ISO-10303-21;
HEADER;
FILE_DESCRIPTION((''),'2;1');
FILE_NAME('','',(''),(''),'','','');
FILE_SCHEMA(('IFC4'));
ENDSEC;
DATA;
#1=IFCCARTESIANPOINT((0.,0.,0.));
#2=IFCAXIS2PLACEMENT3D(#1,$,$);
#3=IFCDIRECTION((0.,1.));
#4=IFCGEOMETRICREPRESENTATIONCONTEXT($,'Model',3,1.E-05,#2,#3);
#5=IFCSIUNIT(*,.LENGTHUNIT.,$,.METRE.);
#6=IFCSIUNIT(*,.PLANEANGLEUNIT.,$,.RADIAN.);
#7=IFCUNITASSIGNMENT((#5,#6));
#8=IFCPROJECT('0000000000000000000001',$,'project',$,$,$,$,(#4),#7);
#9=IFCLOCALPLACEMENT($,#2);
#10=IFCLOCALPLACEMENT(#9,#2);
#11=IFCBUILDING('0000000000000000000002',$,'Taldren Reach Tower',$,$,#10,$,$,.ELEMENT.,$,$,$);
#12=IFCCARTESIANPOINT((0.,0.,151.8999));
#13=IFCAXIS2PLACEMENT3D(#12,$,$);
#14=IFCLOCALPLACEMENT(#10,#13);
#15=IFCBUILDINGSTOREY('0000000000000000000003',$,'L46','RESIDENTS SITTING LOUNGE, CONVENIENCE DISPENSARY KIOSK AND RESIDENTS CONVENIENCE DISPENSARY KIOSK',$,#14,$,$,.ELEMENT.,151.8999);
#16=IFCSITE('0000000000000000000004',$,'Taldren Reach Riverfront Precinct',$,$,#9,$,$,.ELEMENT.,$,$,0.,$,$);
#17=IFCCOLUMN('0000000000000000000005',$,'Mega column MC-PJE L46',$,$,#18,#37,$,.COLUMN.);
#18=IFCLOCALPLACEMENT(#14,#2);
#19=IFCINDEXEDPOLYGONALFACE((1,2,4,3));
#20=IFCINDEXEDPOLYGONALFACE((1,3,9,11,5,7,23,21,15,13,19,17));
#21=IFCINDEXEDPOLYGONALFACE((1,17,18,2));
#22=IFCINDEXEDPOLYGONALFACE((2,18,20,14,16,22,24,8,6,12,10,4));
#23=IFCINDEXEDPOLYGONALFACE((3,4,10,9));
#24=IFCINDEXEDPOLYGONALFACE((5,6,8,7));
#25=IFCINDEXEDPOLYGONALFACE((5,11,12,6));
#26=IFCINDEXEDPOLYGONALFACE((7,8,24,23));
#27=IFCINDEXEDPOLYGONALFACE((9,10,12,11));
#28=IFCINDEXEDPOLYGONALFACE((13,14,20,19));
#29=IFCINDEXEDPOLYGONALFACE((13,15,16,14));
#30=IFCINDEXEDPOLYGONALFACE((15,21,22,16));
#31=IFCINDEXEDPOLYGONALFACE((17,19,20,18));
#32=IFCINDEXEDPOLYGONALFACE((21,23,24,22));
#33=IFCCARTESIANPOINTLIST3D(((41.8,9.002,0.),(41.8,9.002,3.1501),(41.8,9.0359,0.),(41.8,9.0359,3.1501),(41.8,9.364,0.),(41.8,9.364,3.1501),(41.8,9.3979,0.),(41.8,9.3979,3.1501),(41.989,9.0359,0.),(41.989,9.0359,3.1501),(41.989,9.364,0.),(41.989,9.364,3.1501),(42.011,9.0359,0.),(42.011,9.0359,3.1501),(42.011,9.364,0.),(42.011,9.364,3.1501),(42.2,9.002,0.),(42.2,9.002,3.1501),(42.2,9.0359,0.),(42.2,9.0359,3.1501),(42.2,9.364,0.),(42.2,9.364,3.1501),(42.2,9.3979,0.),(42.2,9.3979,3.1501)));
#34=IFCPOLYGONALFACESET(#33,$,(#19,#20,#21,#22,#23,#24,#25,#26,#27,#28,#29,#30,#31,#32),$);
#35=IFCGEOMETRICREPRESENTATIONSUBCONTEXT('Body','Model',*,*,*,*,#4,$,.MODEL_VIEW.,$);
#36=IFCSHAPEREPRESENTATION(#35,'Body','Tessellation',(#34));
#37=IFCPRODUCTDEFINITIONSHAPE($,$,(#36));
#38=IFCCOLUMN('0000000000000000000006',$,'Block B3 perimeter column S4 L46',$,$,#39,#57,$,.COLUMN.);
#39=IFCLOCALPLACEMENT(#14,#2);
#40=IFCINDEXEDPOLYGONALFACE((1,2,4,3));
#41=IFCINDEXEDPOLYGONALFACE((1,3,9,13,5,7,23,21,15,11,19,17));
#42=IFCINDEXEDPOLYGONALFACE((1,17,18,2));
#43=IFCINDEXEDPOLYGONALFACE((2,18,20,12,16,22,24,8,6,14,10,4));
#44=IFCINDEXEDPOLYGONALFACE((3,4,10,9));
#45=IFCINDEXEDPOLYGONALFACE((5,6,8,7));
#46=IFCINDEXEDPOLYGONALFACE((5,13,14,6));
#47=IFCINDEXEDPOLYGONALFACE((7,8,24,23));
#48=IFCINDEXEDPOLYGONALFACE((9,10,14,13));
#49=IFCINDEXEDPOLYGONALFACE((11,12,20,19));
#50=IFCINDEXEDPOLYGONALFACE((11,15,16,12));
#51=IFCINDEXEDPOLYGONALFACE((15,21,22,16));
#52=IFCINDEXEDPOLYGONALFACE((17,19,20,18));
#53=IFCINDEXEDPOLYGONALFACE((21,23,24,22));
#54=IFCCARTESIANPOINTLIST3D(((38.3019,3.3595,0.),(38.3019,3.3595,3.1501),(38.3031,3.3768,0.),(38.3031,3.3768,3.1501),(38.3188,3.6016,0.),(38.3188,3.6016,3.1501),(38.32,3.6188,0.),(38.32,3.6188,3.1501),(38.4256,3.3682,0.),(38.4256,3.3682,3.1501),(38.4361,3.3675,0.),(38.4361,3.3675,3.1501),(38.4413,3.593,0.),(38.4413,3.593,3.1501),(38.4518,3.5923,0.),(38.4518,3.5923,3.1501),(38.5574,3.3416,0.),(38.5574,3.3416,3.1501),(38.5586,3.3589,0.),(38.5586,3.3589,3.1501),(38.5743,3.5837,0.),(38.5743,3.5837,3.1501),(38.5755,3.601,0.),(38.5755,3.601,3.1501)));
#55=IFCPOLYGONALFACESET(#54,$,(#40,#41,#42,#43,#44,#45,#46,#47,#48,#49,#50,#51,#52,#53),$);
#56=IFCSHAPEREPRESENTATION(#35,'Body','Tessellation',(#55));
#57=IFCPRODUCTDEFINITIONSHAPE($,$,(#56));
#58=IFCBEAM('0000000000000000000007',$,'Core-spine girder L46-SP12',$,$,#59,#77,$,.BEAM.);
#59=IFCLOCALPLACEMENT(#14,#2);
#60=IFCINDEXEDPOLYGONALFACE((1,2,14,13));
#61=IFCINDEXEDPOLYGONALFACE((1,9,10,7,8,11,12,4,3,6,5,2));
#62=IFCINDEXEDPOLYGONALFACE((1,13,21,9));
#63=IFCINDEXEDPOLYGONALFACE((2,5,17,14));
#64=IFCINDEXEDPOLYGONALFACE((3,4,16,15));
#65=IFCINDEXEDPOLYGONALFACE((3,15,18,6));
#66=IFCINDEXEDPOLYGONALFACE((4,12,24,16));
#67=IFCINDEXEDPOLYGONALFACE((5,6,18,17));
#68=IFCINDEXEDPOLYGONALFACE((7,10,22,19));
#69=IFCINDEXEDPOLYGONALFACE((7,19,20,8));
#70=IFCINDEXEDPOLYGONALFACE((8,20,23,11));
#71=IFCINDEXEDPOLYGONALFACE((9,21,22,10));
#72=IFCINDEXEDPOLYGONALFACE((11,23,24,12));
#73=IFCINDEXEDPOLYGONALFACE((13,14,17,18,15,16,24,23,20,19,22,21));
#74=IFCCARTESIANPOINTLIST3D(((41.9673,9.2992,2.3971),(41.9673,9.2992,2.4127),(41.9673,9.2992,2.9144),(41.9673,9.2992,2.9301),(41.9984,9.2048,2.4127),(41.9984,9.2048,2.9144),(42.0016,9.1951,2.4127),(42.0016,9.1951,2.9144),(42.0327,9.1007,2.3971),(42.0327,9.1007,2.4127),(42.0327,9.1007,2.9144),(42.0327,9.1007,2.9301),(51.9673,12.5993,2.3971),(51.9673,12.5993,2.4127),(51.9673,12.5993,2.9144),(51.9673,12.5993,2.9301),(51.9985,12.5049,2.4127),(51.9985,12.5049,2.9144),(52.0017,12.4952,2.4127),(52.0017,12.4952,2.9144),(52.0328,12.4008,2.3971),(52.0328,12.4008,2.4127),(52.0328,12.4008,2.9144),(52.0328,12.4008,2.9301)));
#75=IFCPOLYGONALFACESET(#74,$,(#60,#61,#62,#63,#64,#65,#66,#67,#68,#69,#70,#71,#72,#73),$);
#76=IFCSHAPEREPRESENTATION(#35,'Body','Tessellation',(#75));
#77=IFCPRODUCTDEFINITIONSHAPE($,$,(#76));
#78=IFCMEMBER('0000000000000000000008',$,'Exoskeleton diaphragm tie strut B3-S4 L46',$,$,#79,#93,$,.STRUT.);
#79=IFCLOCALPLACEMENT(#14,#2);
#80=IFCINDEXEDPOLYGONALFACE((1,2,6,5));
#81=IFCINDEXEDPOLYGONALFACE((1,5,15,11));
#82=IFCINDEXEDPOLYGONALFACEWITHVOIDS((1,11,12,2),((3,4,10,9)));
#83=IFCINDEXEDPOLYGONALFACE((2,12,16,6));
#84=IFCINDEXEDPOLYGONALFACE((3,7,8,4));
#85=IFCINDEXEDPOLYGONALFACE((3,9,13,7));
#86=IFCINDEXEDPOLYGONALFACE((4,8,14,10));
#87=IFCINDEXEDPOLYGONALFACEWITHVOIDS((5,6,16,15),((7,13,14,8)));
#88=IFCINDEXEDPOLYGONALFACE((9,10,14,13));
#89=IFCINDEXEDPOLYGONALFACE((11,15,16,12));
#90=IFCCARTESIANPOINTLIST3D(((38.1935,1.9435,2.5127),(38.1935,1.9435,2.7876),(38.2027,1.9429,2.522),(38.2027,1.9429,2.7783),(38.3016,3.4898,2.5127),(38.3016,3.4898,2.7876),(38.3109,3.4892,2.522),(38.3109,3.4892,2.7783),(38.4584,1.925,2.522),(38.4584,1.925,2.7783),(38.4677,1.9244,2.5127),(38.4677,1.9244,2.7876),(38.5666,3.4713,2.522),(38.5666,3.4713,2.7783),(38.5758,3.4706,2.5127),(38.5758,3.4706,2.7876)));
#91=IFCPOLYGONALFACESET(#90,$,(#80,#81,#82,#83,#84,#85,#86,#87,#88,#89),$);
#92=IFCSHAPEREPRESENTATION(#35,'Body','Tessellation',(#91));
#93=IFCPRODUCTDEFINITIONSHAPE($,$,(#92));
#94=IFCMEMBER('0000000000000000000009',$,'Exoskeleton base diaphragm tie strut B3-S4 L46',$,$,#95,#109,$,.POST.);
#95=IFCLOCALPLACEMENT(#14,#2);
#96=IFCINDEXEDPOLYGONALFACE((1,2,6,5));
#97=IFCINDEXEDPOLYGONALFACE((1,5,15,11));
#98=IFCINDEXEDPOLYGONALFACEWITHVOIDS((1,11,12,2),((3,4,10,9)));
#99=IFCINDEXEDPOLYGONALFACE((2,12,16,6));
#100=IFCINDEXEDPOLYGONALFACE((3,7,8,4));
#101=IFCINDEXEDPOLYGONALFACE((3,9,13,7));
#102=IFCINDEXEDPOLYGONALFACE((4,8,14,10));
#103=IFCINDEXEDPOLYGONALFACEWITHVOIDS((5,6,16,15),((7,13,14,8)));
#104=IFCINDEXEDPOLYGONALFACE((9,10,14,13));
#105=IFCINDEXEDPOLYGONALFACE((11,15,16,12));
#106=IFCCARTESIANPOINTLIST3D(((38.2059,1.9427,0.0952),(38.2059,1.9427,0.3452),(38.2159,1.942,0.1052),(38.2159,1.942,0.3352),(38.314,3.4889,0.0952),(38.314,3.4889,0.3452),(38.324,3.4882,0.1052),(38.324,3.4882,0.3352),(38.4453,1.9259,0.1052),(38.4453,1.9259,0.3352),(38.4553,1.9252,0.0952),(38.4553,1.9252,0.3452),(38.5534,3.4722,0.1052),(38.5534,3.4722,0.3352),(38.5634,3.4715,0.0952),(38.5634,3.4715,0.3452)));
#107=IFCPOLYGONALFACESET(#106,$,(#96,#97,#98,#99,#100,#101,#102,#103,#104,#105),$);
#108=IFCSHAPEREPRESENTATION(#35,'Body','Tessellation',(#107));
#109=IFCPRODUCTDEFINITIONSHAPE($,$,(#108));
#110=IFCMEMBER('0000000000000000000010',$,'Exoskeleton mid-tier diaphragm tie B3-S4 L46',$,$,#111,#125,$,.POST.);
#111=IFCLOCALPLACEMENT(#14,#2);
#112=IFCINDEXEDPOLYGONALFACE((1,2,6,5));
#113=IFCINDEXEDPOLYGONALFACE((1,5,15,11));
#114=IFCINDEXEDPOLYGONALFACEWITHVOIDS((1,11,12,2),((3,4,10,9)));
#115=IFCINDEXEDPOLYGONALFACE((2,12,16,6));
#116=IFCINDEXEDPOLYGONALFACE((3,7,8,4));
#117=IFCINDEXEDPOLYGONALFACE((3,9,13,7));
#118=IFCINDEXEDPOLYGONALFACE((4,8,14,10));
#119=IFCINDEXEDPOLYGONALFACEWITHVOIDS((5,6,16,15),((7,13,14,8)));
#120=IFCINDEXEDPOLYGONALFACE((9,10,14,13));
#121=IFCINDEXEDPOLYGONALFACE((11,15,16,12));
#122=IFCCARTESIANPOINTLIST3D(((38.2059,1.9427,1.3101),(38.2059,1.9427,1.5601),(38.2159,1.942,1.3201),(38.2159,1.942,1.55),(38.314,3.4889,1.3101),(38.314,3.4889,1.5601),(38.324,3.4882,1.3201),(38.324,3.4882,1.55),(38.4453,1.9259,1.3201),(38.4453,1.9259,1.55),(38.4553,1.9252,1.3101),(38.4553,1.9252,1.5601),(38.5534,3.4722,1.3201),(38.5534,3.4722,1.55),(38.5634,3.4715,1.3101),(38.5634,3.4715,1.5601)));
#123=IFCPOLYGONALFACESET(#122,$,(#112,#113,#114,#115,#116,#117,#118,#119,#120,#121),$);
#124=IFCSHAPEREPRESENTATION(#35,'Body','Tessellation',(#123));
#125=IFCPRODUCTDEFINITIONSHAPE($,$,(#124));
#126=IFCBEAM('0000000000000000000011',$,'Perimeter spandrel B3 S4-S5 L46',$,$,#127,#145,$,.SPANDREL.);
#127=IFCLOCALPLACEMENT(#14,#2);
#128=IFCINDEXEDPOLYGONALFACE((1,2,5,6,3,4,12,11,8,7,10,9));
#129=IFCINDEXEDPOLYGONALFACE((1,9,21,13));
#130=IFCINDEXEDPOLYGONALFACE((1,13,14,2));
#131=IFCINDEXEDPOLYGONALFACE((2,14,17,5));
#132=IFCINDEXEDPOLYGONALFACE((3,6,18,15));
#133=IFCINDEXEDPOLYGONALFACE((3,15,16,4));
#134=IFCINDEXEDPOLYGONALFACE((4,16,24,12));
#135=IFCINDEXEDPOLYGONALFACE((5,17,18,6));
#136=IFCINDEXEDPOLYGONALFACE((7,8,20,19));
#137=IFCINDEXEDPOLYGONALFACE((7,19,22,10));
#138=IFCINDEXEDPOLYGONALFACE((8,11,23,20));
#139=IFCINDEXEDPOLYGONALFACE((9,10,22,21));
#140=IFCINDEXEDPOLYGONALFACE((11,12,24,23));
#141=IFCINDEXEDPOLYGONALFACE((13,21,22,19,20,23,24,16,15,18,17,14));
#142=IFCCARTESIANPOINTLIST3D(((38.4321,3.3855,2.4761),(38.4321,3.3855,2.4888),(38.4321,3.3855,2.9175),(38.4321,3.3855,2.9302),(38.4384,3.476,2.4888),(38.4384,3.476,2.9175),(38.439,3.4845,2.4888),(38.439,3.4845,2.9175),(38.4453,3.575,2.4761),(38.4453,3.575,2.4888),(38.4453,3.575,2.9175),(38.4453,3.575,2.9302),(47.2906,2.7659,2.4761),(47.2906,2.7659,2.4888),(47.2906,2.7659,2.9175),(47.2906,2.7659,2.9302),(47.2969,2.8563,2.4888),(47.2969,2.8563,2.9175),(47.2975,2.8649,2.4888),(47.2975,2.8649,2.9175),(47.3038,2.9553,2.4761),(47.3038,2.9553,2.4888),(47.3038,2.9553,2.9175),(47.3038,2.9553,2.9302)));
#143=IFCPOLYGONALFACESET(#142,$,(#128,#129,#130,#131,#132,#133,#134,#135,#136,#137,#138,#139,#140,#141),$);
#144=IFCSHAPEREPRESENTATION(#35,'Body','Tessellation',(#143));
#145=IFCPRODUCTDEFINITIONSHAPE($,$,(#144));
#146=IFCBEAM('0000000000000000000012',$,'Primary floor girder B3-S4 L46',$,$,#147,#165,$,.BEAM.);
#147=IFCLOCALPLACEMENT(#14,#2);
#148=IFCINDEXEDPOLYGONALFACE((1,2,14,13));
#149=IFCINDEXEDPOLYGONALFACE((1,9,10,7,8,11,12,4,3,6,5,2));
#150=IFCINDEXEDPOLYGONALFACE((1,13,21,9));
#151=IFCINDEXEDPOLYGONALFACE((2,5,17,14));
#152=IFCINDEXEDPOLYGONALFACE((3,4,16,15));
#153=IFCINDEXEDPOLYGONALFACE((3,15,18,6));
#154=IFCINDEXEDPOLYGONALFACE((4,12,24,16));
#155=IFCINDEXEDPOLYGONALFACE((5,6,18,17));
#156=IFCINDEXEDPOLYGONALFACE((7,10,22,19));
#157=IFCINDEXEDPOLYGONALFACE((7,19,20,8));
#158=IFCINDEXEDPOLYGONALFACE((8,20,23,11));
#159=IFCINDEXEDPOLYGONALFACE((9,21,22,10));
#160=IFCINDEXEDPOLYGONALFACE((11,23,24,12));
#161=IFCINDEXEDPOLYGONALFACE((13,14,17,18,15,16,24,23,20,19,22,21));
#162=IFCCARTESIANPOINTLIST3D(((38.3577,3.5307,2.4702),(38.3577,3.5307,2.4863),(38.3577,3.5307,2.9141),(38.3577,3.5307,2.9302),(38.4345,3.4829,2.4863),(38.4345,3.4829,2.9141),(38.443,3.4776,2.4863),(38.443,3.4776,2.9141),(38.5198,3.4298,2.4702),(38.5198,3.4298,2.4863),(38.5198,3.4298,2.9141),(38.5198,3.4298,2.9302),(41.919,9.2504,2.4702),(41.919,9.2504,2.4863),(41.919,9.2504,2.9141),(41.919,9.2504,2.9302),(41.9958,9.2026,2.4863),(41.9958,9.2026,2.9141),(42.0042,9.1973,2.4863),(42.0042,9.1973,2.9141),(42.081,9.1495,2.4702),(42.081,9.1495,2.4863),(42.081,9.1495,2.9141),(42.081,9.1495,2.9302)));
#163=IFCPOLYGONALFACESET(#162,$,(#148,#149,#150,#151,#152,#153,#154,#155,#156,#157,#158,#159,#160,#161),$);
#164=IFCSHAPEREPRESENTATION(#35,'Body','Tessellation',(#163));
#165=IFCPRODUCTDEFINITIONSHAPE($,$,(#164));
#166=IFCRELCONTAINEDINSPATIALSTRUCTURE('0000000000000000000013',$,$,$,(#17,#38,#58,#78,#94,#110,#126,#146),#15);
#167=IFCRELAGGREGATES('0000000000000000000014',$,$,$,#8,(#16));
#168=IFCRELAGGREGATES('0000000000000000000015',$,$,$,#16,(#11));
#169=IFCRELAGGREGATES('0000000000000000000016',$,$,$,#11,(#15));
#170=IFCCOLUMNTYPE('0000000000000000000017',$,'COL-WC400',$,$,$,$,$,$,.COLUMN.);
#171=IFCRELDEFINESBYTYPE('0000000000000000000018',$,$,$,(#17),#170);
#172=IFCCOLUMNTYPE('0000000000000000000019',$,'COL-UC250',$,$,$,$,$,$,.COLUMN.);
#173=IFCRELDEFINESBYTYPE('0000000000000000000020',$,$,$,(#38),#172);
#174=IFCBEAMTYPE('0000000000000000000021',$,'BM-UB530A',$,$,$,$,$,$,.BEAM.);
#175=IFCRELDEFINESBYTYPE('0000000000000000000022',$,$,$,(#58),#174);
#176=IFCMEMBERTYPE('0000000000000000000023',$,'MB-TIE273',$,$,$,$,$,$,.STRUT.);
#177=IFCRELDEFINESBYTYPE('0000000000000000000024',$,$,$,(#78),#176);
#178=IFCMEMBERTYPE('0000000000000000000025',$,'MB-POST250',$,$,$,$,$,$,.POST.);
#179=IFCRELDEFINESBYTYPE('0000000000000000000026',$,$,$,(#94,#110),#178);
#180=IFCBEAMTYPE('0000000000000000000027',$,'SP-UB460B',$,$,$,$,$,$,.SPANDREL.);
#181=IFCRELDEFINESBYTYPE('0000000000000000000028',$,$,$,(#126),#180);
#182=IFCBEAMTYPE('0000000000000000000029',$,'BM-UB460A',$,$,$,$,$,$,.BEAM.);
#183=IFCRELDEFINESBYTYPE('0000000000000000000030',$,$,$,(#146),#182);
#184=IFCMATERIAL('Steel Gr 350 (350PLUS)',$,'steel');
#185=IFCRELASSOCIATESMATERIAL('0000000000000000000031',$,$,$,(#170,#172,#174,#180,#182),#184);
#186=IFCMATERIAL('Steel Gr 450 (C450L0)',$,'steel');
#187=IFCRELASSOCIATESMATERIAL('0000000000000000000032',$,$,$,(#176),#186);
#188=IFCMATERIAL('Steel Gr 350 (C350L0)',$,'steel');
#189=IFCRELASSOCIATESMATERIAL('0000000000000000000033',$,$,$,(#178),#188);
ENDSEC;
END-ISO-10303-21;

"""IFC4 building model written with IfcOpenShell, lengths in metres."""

from ifc_helpers import new_model, si_unit, direction, frame, origin, origin_2d, place, context, subcontext, project, spatial, hollow_rectangle, i_section, extrude, source, transform, mapped, material, material_profile, profile_set, type_object, element, save


model = new_model("IFC4")

# Units and contexts
model_context = context("Model", 3, precision=1e-05, world=origin(), true_north=direction((0.0, 1.0)))
body_context = subcontext(model_context, "Body", "Model", "MODEL_VIEW")
ifc_project = project(units=[si_unit("LENGTHUNIT", "METRE"), si_unit("PLANEANGLEUNIT", "RADIAN")], contexts=[model_context])

# Site, building, storey
site_placement = place(None, origin())
site = spatial("IfcSite", under=ifc_project, at=site_placement, Name="Taldren Reach Riverfront Precinct", CompositionType="ELEMENT", RefElevation=0.0)
building_placement = place(site_placement, origin())
building = spatial("IfcBuilding", under=site, at=building_placement, Name="Taldren Reach Tower", CompositionType="ELEMENT")
storey_placement = place(building_placement, frame((0.0, 0.0, 151.8999)))
storey = spatial("IfcBuildingStorey", under=building, at=storey_placement, Name="L46", Description="RESIDENTS SITTING LOUNGE, CONVENIENCE DISPENSARY KIOSK AND RESIDENTS CONVENIENCE DISPENSARY KIOSK", CompositionType="ELEMENT", Elevation=151.8999)

# Columns
ifc_material_1 = material(Name="Steel Gr 350 (350PLUS)", Category="steel")
ifc_material_profile_1 = material_profile(ifc_material_1, i_section(OverallWidth=0.3999, OverallDepth=0.396, WebThickness=0.022, FlangeThickness=0.0339, at=origin_2d()), Name="400WC270")
ifc_profile_set_1 = profile_set([ifc_material_profile_1], Name="Steel Gr 350 (350PLUS)")
column_type_1 = type_object("IfcColumnType", Name="COL-WC400", PredefinedType="COLUMN", material=ifc_profile_set_1)
shared_shape_1 = source(origin(), body_context, "Body", "SweptSolid", [
    extrude(i_section(OverallWidth=0.3999, OverallDepth=0.396, WebThickness=0.022, FlangeThickness=0.0339, at=origin_2d()), origin(), (0.0, 0.0, 1.0), 3.1501),
])
column_1_placement = place(storey_placement, frame((42.0, 9.2, 0.0), z_axis=(0.0, 0.0, 1.0), x_axis=(1.0, 0.0, 0.0)))
element("IfcColumn", 1, at=column_1_placement, inside=storey, type_object=column_type_1, Name="Mega column MC-PJE L46", PredefinedType="COLUMN", context=body_context, shape_type="MappedRepresentation", body=[
    mapped(shared_shape_1, transform((0.0, 0.0, 0.0), scale=1.0)),
])
ifc_material_profile_2 = material_profile(ifc_material_1, i_section(OverallWidth=0.2561, OverallDepth=0.26, WebThickness=0.0105, FlangeThickness=0.0173, at=origin_2d()), Name="250UC89.5")
ifc_profile_set_2 = profile_set([ifc_material_profile_2], Name="Steel Gr 350 (350PLUS)")
column_type_2 = type_object("IfcColumnType", Name="COL-UC250", PredefinedType="COLUMN", material=ifc_profile_set_2)
shared_shape_2 = source(origin(), body_context, "Body", "SweptSolid", [
    extrude(i_section(OverallWidth=0.2561, OverallDepth=0.26, WebThickness=0.0105, FlangeThickness=0.0173, at=origin_2d()), origin(), (0.0, 0.0, 1.0), 3.1501),
])
column_2_placement = place(storey_placement, frame((38.4387, 3.4802, 0.0), z_axis=(0.0, 0.0, 1.0), x_axis=(0.997564, -0.069756, 0.0)))
element("IfcColumn", 2, at=column_2_placement, inside=storey, type_object=column_type_2, Name="Block B3 perimeter column S4 L46", PredefinedType="COLUMN", context=body_context, shape_type="MappedRepresentation", body=[
    mapped(shared_shape_2, transform((0.0, 0.0, 0.0), scale=1.0)),
])

# Beam
ifc_material_profile_3 = material_profile(ifc_material_1, i_section(OverallWidth=0.209, OverallDepth=0.533, WebThickness=0.0103, FlangeThickness=0.0156, at=origin_2d()), Name="530UB92.4")
ifc_profile_set_3 = profile_set([ifc_material_profile_3], Name="Steel Gr 350 (350PLUS)")
beam_type_1 = type_object("IfcBeamType", Name="BM-UB530A", PredefinedType="BEAM", material=ifc_profile_set_3)
shared_shape_3 = source(origin(), body_context, "Body", "SweptSolid", [
    extrude(i_section(OverallWidth=0.209, OverallDepth=0.533, WebThickness=0.0103, FlangeThickness=0.0156, at=origin_2d()), origin(), (0.0, 0.0, 1.0), 10.5305),
])
beam_1_placement = place(storey_placement, frame((42.0, 9.2, 2.6636), z_axis=(0.949627, 0.313382, 0.0), x_axis=(-0.313382, 0.949627, 0.0)))
element("IfcBeam", 3, at=beam_1_placement, inside=storey, type_object=beam_type_1, Name="Core-spine girder L46-SP12", PredefinedType="BEAM", context=body_context, shape_type="MappedRepresentation", body=[
    mapped(shared_shape_3, transform((0.0, 0.0, 0.0), scale=1.0)),
])

# Members
ifc_material_2 = material(Name="Steel Gr 450 (C450L0)", Category="steel")
ifc_material_profile_4 = material_profile(ifc_material_2, hollow_rectangle(XDim=0.2749, YDim=0.2749, WallThickness=0.0093, at=origin_2d()), Name="275x275x9.3SHS")
ifc_profile_set_4 = profile_set([ifc_material_profile_4], Name="Steel Gr 450 (C450L0)")
member_type_1 = type_object("IfcMemberType", Name="MB-TIE273", PredefinedType="STRUT", material=ifc_profile_set_4)
shared_shape_4 = source(origin(), body_context, "Body", "SweptSolid", [
    extrude(hollow_rectangle(XDim=0.2749, YDim=0.2749, WallThickness=0.0093, at=origin_2d()), origin(), (0.0, 0.0, 1.0), 1.55),
])
member_placement = place(storey_placement, frame((38.4387, 3.4802, 2.6501), z_axis=(-0.06977, -0.997563, 0.0), x_axis=(0.997563, -0.06977, 0.0)))
element("IfcMember", 4, at=member_placement, inside=storey, type_object=member_type_1, Name="Exoskeleton diaphragm tie strut B3-S4 L46", PredefinedType="STRUT", context=body_context, shape_type="MappedRepresentation", body=[
    mapped(shared_shape_4, transform((0.0, 0.0, 0.0), scale=1.0)),
])
ifc_material_3 = material(Name="Steel Gr 350 (C350L0)", Category="steel")
ifc_material_profile_5 = material_profile(ifc_material_3, hollow_rectangle(XDim=0.25, YDim=0.25, WallThickness=0.01, at=origin_2d()), Name="250x250x10.0SHS")
ifc_profile_set_5 = profile_set([ifc_material_profile_5], Name="Steel Gr 350 (C350L0)")
member_type_2 = type_object("IfcMemberType", Name="MB-POST250", PredefinedType="POST", material=ifc_profile_set_5)
shared_shape_5 = source(origin(), body_context, "Body", "SweptSolid", [
    extrude(hollow_rectangle(XDim=0.25, YDim=0.25, WallThickness=0.01, at=origin_2d()), origin(), (0.0, 0.0, 1.0), 1.55),
])
for number, where, z_axis, x_axis, name in (
    (5, (38.4387, 3.4802, 0.2202), (-0.06977, -0.997563, 0.0), (0.997563, -0.06977, 0.0), "Exoskeleton base diaphragm tie strut B3-S4 L46"),
    (6, (38.4387, 3.4802, 1.4351), (-0.06977, -0.997563, 0.0), (0.997563, -0.06977, 0.0), "Exoskeleton mid-tier diaphragm tie B3-S4 L46"),
):
    element("IfcMember", number, at=place(storey_placement, frame(where, z_axis=z_axis, x_axis=x_axis)), inside=storey, type_object=member_type_2, Name=name, PredefinedType="POST", context=body_context, shape_type="MappedRepresentation", body=[
        mapped(shared_shape_5, transform((0.0, 0.0, 0.0), scale=1.0)),
    ])

# Beams
ifc_material_profile_6 = material_profile(ifc_material_1, i_section(OverallWidth=0.1899, OverallDepth=0.4541, WebThickness=0.0085, FlangeThickness=0.0127, at=origin_2d()), Name="460UB67.1")
ifc_profile_set_6 = profile_set([ifc_material_profile_6], Name="Steel Gr 350 (350PLUS)")
beam_type_2 = type_object("IfcBeamType", Name="SP-UB460B", PredefinedType="SPANDREL", material=ifc_profile_set_6)
shared_shape_6 = source(origin(), body_context, "Body", "SweptSolid", [
    extrude(i_section(OverallWidth=0.1899, OverallDepth=0.4541, WebThickness=0.0085, FlangeThickness=0.0127, at=origin_2d()), origin(), (0.0, 0.0, 1.0), 8.8801),
])
beam_2_placement = place(storey_placement, frame((38.4387, 3.4802, 2.7031), z_axis=(0.997563, -0.069778, 0.0), x_axis=(0.069778, 0.997563, 0.0)))
element("IfcBeam", 7, at=beam_2_placement, inside=storey, type_object=beam_type_2, Name="Perimeter spandrel B3 S4-S5 L46", PredefinedType="SPANDREL", context=body_context, shape_type="MappedRepresentation", body=[
    mapped(shared_shape_6, transform((0.0, 0.0, 0.0), scale=1.0)),
])
ifc_material_profile_7 = material_profile(ifc_material_1, i_section(OverallWidth=0.1909, OverallDepth=0.46, WebThickness=0.01, FlangeThickness=0.0161, at=origin_2d()), Name="460UB82.1")
ifc_profile_set_7 = profile_set([ifc_material_profile_7], Name="Steel Gr 350 (350PLUS)")
beam_type_3 = type_object("IfcBeamType", Name="BM-UB460A", PredefinedType="BEAM", material=ifc_profile_set_7)
shared_shape_7 = source(origin(), body_context, "Body", "SweptSolid", [
    extrude(i_section(OverallWidth=0.1909, OverallDepth=0.46, WebThickness=0.01, FlangeThickness=0.0161, at=origin_2d()), origin(), (0.0, 0.0, 1.0), 6.7378),
])
beam_3_placement = place(storey_placement, frame((42.0, 9.2, 2.7002), z_axis=(-0.528552, -0.848901, 0.0), x_axis=(0.848901, -0.528552, 0.0)))
element("IfcBeam", 8, at=beam_3_placement, inside=storey, type_object=beam_type_3, Name="Primary floor girder B3-S4 L46", PredefinedType="BEAM", context=body_context, shape_type="MappedRepresentation", body=[
    mapped(shared_shape_7, transform((0.0, 0.0, 0.0), scale=1.0)),
])

save(model, "model.ifc")
